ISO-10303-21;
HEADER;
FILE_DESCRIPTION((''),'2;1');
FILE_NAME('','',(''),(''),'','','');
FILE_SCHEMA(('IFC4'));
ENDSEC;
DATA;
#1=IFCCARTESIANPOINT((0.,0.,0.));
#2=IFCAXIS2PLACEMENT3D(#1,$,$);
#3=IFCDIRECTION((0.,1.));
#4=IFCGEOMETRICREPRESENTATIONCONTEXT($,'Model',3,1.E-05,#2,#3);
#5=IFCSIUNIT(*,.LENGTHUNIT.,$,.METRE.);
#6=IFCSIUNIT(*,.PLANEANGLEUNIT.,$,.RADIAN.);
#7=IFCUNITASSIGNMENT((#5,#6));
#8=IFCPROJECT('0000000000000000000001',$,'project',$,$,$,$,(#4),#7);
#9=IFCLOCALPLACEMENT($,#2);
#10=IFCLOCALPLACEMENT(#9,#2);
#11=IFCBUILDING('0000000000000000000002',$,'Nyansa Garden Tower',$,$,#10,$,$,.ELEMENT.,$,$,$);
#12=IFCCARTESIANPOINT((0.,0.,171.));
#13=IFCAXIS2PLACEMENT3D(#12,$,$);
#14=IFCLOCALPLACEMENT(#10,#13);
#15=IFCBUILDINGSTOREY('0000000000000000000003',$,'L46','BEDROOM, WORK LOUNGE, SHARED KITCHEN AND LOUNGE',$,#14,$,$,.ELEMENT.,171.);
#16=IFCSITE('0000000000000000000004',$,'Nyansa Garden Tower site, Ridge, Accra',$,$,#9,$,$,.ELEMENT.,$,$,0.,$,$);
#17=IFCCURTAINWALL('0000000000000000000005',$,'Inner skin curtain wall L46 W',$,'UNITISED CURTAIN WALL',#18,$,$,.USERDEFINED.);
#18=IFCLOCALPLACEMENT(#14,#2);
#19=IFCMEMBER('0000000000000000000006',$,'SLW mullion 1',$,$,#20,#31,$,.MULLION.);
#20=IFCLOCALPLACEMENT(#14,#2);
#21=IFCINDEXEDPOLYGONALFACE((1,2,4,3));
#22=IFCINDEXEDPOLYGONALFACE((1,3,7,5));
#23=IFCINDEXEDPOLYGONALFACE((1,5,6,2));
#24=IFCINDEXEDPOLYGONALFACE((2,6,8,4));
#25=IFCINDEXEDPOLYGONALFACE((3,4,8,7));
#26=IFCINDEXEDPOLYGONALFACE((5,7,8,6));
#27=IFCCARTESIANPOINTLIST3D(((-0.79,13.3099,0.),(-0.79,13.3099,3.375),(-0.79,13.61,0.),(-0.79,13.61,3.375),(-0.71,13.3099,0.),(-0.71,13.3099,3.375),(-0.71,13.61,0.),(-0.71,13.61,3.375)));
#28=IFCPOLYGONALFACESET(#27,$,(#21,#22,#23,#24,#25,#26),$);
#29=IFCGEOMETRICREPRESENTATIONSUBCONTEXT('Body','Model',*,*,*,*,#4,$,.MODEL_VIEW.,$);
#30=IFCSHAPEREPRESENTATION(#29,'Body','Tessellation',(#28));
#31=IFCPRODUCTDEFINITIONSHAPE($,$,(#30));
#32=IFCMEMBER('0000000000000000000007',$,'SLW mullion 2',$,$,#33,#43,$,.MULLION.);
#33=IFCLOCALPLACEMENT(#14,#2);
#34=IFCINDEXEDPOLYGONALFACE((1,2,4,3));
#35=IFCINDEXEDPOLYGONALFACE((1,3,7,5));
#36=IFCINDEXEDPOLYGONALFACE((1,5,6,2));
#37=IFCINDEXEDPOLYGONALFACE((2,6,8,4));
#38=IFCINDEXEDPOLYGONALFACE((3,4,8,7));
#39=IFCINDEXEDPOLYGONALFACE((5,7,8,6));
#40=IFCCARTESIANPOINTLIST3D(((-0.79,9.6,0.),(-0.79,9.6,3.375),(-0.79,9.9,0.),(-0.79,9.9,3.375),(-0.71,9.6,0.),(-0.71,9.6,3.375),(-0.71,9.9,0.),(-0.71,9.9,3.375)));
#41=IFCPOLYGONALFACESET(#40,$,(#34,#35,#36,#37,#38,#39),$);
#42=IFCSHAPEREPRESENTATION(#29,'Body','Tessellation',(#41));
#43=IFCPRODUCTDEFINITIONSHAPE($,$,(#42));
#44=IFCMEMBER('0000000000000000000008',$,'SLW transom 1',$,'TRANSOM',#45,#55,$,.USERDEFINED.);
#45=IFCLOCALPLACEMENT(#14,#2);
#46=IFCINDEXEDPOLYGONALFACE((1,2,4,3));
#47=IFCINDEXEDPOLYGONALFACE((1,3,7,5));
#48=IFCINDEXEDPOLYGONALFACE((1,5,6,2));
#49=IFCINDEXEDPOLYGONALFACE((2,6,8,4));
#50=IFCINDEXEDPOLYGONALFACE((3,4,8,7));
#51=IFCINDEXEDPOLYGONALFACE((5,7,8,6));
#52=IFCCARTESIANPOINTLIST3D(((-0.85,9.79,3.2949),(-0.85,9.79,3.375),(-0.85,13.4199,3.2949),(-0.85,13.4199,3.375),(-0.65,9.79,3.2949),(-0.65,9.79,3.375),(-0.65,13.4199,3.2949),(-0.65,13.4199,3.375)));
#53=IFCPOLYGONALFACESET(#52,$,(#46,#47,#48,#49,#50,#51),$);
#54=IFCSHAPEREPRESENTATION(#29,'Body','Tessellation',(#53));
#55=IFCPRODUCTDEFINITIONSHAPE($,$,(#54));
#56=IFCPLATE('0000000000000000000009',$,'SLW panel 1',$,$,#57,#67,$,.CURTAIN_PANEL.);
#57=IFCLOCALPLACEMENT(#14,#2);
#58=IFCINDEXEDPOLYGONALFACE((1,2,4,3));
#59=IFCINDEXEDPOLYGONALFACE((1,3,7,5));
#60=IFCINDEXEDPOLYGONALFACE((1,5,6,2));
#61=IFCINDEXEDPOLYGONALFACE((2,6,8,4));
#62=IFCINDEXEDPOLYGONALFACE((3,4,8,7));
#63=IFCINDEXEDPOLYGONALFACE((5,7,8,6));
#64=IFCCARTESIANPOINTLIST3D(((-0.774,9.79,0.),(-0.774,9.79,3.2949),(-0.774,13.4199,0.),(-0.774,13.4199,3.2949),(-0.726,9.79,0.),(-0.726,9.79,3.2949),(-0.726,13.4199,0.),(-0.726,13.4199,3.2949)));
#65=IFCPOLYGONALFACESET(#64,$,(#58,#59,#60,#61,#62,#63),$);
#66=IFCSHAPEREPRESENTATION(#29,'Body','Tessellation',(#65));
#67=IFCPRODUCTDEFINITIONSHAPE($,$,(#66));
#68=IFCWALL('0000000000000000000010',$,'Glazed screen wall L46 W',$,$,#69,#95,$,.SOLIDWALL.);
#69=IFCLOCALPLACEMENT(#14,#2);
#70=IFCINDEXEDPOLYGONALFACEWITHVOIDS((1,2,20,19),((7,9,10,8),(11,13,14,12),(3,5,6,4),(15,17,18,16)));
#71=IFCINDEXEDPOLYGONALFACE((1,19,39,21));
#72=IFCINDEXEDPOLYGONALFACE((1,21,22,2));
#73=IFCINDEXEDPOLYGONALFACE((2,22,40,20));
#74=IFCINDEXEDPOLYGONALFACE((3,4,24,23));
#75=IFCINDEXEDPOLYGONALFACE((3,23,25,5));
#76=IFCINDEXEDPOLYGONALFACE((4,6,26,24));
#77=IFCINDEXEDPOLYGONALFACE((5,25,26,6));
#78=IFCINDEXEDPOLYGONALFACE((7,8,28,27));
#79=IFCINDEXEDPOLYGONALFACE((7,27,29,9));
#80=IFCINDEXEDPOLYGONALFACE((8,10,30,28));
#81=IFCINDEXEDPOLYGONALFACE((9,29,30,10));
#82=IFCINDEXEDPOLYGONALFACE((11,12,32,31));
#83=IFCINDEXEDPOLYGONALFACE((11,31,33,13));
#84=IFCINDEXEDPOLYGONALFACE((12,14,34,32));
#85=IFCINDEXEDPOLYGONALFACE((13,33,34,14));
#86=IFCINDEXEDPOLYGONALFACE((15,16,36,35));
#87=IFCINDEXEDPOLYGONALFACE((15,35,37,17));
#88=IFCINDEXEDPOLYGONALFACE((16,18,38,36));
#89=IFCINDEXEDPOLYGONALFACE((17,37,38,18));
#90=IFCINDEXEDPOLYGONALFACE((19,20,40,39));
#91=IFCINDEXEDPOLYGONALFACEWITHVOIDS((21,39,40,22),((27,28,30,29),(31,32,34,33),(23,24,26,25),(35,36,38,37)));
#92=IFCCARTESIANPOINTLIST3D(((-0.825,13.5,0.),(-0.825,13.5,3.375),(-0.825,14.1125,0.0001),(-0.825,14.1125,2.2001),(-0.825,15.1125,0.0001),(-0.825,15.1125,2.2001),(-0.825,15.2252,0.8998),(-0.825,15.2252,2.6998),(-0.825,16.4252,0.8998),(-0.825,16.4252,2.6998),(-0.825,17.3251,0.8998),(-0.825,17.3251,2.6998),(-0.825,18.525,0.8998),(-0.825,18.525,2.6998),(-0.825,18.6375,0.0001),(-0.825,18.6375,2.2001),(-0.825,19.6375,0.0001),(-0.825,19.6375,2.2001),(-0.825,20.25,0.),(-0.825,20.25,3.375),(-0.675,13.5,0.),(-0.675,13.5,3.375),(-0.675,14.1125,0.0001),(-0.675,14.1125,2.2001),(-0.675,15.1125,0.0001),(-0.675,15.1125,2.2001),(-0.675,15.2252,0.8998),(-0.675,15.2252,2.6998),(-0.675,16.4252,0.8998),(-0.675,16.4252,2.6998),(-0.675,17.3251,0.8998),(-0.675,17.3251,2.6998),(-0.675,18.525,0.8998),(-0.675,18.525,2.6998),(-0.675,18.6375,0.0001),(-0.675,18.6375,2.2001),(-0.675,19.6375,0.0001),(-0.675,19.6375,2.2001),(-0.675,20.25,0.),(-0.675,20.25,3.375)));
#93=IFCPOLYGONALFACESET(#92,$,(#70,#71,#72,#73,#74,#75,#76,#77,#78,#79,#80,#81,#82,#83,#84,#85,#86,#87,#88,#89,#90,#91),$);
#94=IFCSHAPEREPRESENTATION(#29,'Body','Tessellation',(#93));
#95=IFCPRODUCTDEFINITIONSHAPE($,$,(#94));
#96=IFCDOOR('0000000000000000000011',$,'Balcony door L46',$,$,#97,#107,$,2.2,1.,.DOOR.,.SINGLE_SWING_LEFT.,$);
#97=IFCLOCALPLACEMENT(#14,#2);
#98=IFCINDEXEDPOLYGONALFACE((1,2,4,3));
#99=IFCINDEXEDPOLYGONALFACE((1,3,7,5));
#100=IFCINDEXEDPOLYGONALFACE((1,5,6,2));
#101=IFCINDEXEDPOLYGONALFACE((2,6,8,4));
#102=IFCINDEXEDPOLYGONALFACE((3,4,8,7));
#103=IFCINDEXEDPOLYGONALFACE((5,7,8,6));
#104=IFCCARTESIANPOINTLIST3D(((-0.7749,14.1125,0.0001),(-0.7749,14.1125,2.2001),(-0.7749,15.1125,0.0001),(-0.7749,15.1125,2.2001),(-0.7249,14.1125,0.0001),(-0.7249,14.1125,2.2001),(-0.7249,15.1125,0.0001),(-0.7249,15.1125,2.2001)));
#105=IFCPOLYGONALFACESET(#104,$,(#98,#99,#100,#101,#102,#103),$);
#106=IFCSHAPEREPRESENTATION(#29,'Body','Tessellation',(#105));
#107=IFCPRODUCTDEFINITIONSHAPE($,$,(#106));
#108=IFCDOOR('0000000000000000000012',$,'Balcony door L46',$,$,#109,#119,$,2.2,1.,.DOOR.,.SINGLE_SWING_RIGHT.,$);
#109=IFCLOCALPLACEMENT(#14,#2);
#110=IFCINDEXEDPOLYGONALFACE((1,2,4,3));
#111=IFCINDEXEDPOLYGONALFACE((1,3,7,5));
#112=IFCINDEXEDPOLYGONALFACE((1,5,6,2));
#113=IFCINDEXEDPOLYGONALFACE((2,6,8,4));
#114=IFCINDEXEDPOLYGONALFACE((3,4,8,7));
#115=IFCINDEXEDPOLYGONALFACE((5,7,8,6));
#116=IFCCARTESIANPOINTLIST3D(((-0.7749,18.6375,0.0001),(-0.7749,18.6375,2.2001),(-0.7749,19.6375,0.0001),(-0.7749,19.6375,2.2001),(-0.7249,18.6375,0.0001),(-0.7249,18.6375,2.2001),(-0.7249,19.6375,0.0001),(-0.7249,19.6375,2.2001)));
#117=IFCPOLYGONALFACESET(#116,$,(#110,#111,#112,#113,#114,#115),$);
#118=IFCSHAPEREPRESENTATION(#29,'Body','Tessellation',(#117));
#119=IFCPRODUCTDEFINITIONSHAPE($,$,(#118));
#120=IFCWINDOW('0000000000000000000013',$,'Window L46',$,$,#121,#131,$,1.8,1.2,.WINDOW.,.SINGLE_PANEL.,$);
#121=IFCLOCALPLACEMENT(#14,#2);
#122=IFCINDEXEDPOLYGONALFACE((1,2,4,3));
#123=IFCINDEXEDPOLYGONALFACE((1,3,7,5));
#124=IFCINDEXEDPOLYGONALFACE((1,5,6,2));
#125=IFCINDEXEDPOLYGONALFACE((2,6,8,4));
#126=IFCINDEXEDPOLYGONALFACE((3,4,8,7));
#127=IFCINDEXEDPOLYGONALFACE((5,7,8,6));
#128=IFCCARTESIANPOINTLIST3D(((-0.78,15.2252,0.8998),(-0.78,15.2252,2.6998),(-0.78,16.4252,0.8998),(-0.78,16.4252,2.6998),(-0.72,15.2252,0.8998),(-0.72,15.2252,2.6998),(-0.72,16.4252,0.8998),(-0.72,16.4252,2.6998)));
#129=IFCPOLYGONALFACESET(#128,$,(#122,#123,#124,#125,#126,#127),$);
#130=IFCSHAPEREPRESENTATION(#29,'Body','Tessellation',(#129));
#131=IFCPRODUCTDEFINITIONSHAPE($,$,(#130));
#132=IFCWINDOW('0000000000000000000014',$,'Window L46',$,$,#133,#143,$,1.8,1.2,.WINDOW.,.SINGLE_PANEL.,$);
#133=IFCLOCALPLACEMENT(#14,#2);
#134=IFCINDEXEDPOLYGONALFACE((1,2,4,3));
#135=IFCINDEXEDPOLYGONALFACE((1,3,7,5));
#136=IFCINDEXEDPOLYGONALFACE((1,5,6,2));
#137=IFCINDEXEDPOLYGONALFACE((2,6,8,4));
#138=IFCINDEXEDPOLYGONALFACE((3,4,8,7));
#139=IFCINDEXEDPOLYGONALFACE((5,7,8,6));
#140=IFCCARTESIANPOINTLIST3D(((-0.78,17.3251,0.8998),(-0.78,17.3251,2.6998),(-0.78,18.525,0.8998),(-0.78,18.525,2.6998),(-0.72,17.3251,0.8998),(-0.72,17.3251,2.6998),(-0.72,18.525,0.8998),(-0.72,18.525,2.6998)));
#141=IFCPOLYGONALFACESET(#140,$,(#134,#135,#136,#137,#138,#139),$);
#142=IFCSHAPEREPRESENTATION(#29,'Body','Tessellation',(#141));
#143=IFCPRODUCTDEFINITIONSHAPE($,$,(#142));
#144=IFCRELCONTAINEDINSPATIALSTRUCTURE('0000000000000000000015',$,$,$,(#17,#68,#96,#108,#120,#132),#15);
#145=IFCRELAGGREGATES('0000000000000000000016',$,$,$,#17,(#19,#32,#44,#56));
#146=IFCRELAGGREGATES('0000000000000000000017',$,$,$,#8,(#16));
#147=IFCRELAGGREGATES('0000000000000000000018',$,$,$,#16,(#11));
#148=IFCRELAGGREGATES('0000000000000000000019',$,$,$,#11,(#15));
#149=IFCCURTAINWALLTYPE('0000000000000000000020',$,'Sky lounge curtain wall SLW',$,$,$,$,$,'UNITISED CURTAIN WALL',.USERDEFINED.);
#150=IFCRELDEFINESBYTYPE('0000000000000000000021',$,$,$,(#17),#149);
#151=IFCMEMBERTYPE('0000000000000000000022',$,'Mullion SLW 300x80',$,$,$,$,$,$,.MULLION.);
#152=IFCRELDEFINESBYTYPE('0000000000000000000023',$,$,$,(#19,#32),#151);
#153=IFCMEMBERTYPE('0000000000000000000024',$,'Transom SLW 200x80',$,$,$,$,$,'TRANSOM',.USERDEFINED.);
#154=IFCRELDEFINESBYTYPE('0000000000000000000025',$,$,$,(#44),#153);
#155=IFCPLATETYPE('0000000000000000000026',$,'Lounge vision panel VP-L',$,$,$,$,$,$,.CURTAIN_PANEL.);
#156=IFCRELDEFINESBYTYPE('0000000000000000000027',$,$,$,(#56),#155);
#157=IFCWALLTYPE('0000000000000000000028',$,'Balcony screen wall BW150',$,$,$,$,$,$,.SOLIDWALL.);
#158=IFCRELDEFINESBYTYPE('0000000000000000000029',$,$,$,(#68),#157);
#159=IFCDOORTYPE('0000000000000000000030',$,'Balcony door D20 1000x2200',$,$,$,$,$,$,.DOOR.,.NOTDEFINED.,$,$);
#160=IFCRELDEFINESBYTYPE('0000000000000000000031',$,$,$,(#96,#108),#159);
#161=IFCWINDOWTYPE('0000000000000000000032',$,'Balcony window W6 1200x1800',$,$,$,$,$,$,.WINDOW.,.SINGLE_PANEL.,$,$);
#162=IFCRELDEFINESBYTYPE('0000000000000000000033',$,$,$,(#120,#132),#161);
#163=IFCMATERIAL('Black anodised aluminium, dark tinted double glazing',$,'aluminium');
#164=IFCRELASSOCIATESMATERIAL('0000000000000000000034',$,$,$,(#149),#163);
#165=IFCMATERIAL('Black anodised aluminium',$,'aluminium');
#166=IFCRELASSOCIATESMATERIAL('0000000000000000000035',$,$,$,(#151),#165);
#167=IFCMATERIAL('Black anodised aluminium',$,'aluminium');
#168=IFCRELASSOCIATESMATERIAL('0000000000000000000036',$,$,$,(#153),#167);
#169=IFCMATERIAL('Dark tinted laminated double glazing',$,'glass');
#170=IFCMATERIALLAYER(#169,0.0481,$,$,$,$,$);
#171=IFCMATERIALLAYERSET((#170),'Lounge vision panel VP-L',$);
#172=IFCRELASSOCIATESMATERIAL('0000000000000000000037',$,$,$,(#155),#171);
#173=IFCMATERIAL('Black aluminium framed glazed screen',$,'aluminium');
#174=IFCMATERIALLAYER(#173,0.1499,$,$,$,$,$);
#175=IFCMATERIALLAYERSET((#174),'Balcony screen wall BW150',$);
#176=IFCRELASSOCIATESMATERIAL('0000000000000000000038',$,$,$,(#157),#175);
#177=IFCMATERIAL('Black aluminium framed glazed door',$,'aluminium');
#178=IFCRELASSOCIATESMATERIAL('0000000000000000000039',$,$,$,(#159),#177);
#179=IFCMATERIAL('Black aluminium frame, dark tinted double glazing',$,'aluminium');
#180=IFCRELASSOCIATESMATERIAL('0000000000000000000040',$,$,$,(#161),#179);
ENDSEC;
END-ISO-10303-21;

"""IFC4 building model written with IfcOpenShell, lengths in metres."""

from ifc_helpers import new_model, si_unit, direction, frame, frame_2d, origin, origin_2d, place, context, subcontext, project, spatial, rectangle, extrude, material, layer, layer_set, material_profile, profile_set, type_object, element, fill, aggregate, save


model = new_model("IFC4")

# Units and contexts
model_context = context("Model", 3, precision=1e-05, world=origin(), true_north=direction((0.0, 1.0)))
body_context = subcontext(model_context, "Body", "Model", "MODEL_VIEW")
ifc_project = project(units=[si_unit("LENGTHUNIT", "METRE"), si_unit("PLANEANGLEUNIT", "RADIAN")], contexts=[model_context])

# Site, building, storey
site_placement = place(None, origin())
site = spatial("IfcSite", under=ifc_project, at=site_placement, Name="Nyansa Garden Tower site, Ridge, Accra", CompositionType="ELEMENT", RefElevation=0.0)
building_placement = place(site_placement, origin())
building = spatial("IfcBuilding", under=site, at=building_placement, Name="Nyansa Garden Tower", CompositionType="ELEMENT")
storey_placement = place(building_placement, frame((0.0, 0.0, 171.0)))
storey = spatial("IfcBuildingStorey", under=building, at=storey_placement, Name="L46", Description="BEDROOM, WORK LOUNGE, SHARED KITCHEN AND LOUNGE", CompositionType="ELEMENT", Elevation=171.0)

# Curtain wall, members, plate
ifc_material_1 = material(Name="Black anodised aluminium, dark tinted double glazing", Category="aluminium")
curtain_wall_type = type_object("IfcCurtainWallType", Name="Sky lounge curtain wall SLW", ElementType="UNITISED CURTAIN WALL", PredefinedType="USERDEFINED", material=ifc_material_1)
curtain_wall_placement = place(storey_placement, origin())
curtain_wall = element("IfcCurtainWall", 1, at=curtain_wall_placement, inside=storey, type_object=curtain_wall_type, Name="Inner skin curtain wall L46 W", ObjectType="UNITISED CURTAIN WALL", PredefinedType="USERDEFINED")
ifc_material_2 = material(Name="Black anodised aluminium", Category="aluminium")
ifc_material_profile_1 = material_profile(ifc_material_2, rectangle(XDim=0.0801, YDim=0.3, at=origin_2d()), Name="Mullion 300x80")
ifc_profile_set_1 = profile_set([ifc_material_profile_1], Name="Black anodised aluminium")
member_type_1 = type_object("IfcMemberType", Name="Mullion SLW 300x80", PredefinedType="MULLION", material=ifc_profile_set_1)
member_1_placement = place(storey_placement, frame((-0.75, 13.46, 0.0), z_axis=(0.0, 0.0, 1.0), x_axis=(1.0, 0.0, 0.0)))
member_1 = element("IfcMember", 2, at=member_1_placement, type_object=member_type_1, Name="SLW mullion 1", PredefinedType="MULLION", context=body_context, shape_type="SweptSolid", body=[
    extrude(rectangle(XDim=0.0801, YDim=0.3, at=origin_2d()), origin(), (0.0, 0.0, 1.0), 3.375),
])
member_2_placement = place(storey_placement, frame((-0.75, 9.75, 0.0), z_axis=(0.0, 0.0, 1.0), x_axis=(1.0, 0.0, 0.0)))
member_2 = element("IfcMember", 3, at=member_2_placement, type_object=member_type_1, Name="SLW mullion 2", PredefinedType="MULLION", context=body_context, shape_type="SweptSolid", body=[
    extrude(rectangle(XDim=0.0801, YDim=0.3, at=origin_2d()), origin(), (0.0, 0.0, 1.0), 3.375),
])
ifc_material_3 = material(Name="Black anodised aluminium", Category="aluminium")
ifc_material_profile_2 = material_profile(ifc_material_3, rectangle(XDim=0.2, YDim=0.0801, at=origin_2d()), Name="Transom 200x80")
ifc_profile_set_2 = profile_set([ifc_material_profile_2], Name="Black anodised aluminium")
member_type_2 = type_object("IfcMemberType", Name="Transom SLW 200x80", ElementType="TRANSOM", PredefinedType="USERDEFINED", material=ifc_profile_set_2)
member_3_placement = place(storey_placement, frame((-0.75, 13.4199, 3.335), z_axis=(0.0, -1.0, 0.0), x_axis=(1.0, 0.0, 0.0)))
member_3 = element("IfcMember", 4, at=member_3_placement, type_object=member_type_2, Name="SLW transom 1", ObjectType="TRANSOM", PredefinedType="USERDEFINED", context=body_context, shape_type="SweptSolid", body=[
    extrude(rectangle(XDim=0.2, YDim=0.0801, at=origin_2d()), origin(), (0.0, 0.0, 1.0), 3.6299),
])
ifc_material_4 = material(Name="Dark tinted laminated double glazing", Category="glass")
ifc_layer_1 = layer(ifc_material_4, 0.0481)
ifc_layer_set_1 = layer_set([ifc_layer_1], Name="Lounge vision panel VP-L")
plate_type = type_object("IfcPlateType", Name="Lounge vision panel VP-L", PredefinedType="CURTAIN_PANEL", material=ifc_layer_set_1)
plate_placement = place(storey_placement, frame((-0.75, 11.605, 0.0), z_axis=(0.0, 0.0, 1.0), x_axis=(0.0, -1.0, 0.0)))
plate = element("IfcPlate", 5, at=plate_placement, type_object=plate_type, Name="SLW panel 1", PredefinedType="CURTAIN_PANEL", context=body_context, shape_type="SweptSolid", body=[
    extrude(rectangle(XDim=3.6299, YDim=0.0481, at=origin_2d()), origin(), (0.0, 0.0, 1.0), 3.2949),
])
aggregate(curtain_wall, [member_1, member_2, member_3, plate])

# Wall, openings, doors, windows
ifc_material_5 = material(Name="Black aluminium framed glazed screen", Category="aluminium")
ifc_layer_2 = layer(ifc_material_5, 0.1499)
ifc_layer_set_2 = layer_set([ifc_layer_2], Name="Balcony screen wall BW150")
wall_type_1 = type_object("IfcWallType", Name="Balcony screen wall BW150", PredefinedType="SOLIDWALL", material=ifc_layer_set_2)
wall_1_placement = place(storey_placement, frame((-0.75, 13.5, 0.0), z_axis=(0.0, 0.0, 1.0), x_axis=(0.0, 1.0, 0.0)))
wall_1 = element("IfcWall", 6, at=wall_1_placement, inside=storey, type_object=wall_type_1, Name="Glazed screen wall L46 W", PredefinedType="SOLIDWALL", context=body_context, shape_type="SweptSolid", body=[
    extrude(rectangle(XDim=6.75, YDim=0.1499, at=frame_2d((3.375, 0.0))), origin(), (0.0, 0.0, 1.0), 3.375),
])
opening_1_placement = place(wall_1_placement, frame((0.6125, 0.0, 0.0)))
opening_1 = element("IfcOpeningElement", 7, at=opening_1_placement, cuts=wall_1, PredefinedType="OPENING", context=body_context, shape_type="SweptSolid", body=[
    extrude(rectangle(XDim=1.0, YDim=2.2, at=frame_2d((0.5, 1.1001))), frame((0.0, 0.085, 0.0), z_axis=(0.0, -1.0, 0.0), x_axis=(1.0, 0.0, 0.0)), (0.0, 0.0, 1.0), 0.1699),
])
opening_2_placement = place(wall_1_placement, frame((1.7251, 0.0, 0.8999)))
opening_2 = element("IfcOpeningElement", 8, at=opening_2_placement, cuts=wall_1, PredefinedType="OPENING", context=body_context, shape_type="SweptSolid", body=[
    extrude(rectangle(XDim=1.2, YDim=1.8, at=frame_2d((0.6001, 0.8999))), frame((0.0, 0.085, 0.0), z_axis=(0.0, -1.0, 0.0), x_axis=(1.0, 0.0, 0.0)), (0.0, 0.0, 1.0), 0.1699),
])
opening_3_placement = place(wall_1_placement, frame((5.1375, 0.0, 0.0)))
opening_3 = element("IfcOpeningElement", 9, at=opening_3_placement, cuts=wall_1, PredefinedType="OPENING", context=body_context, shape_type="SweptSolid", body=[
    extrude(rectangle(XDim=1.0, YDim=2.2, at=frame_2d((0.5, 1.1001))), frame((0.0, 0.085, 0.0), z_axis=(0.0, -1.0, 0.0), x_axis=(1.0, 0.0, 0.0)), (0.0, 0.0, 1.0), 0.1699),
])
opening_4_placement = place(wall_1_placement, frame((3.825, 0.0, 0.8999)))
opening_4 = element("IfcOpeningElement", 10, at=opening_4_placement, cuts=wall_1, PredefinedType="OPENING", context=body_context, shape_type="SweptSolid", body=[
    extrude(rectangle(XDim=1.2, YDim=1.8, at=frame_2d((0.6001, 0.8999))), frame((0.0, 0.085, 0.0), z_axis=(0.0, -1.0, 0.0), x_axis=(1.0, 0.0, 0.0)), (0.0, 0.0, 1.0), 0.1699),
])
ifc_material_6 = material(Name="Black aluminium framed glazed door", Category="aluminium")
door_type_1 = type_object("IfcDoorType", Name="Balcony door D20 1000x2200", OperationType="NOTDEFINED", PredefinedType="DOOR", material=ifc_material_6)
door_1_placement = place(opening_1_placement, origin())
door_1 = element("IfcDoor", 11, at=door_1_placement, inside=storey, type_object=door_type_1, Name="Balcony door L46", OperationType="SINGLE_SWING_LEFT", OverallHeight=2.2, OverallWidth=1.0, PredefinedType="DOOR", context=body_context, shape_type="SweptSolid", body=[
    extrude(rectangle(XDim=1.0, YDim=2.2, at=frame_2d((0.5, 1.1001))), frame((0.0, 0.0249, 0.0), z_axis=(0.0, -1.0, 0.0), x_axis=(1.0, 0.0, 0.0)), (0.0, 0.0, 1.0), 0.05),
])
fill(opening_1, door_1)
door_2_placement = place(opening_3_placement, origin())
door_2 = element("IfcDoor", 12, at=door_2_placement, inside=storey, type_object=door_type_1, Name="Balcony door L46", OperationType="SINGLE_SWING_RIGHT", OverallHeight=2.2, OverallWidth=1.0, PredefinedType="DOOR", context=body_context, shape_type="SweptSolid", body=[
    extrude(rectangle(XDim=1.0, YDim=2.2, at=frame_2d((0.5, 1.1001))), frame((0.0, 0.0249, 0.0), z_axis=(0.0, -1.0, 0.0), x_axis=(1.0, 0.0, 0.0)), (0.0, 0.0, 1.0), 0.05),
])
fill(opening_3, door_2)
ifc_material_7 = material(Name="Black aluminium frame, dark tinted double glazing", Category="aluminium")
window_type = type_object("IfcWindowType", Name="Balcony window W6 1200x1800", PartitioningType="SINGLE_PANEL", PredefinedType="WINDOW", material=ifc_material_7)
window_1_placement = place(opening_2_placement, origin())
window_1 = element("IfcWindow", 13, at=window_1_placement, inside=storey, type_object=window_type, Name="Window L46", OverallHeight=1.8, OverallWidth=1.2, PartitioningType="SINGLE_PANEL", PredefinedType="WINDOW", context=body_context, shape_type="SweptSolid", body=[
    extrude(rectangle(XDim=1.2, YDim=1.8, at=frame_2d((0.6001, 0.8999))), frame((0.0, 0.03, 0.0), z_axis=(0.0, -1.0, 0.0), x_axis=(1.0, 0.0, 0.0)), (0.0, 0.0, 1.0), 0.0601),
])
fill(opening_2, window_1)
window_2_placement = place(opening_4_placement, origin())
window_2 = element("IfcWindow", 14, at=window_2_placement, inside=storey, type_object=window_type, Name="Window L46", OverallHeight=1.8, OverallWidth=1.2, PartitioningType="SINGLE_PANEL", PredefinedType="WINDOW", context=body_context, shape_type="SweptSolid", body=[
    extrude(rectangle(XDim=1.2, YDim=1.8, at=frame_2d((0.6001, 0.8999))), frame((0.0, 0.03, 0.0), z_axis=(0.0, -1.0, 0.0), x_axis=(1.0, 0.0, 0.0)), (0.0, 0.0, 1.0), 0.0601),
])
fill(opening_4, window_2)

save(model, "model.ifc")
